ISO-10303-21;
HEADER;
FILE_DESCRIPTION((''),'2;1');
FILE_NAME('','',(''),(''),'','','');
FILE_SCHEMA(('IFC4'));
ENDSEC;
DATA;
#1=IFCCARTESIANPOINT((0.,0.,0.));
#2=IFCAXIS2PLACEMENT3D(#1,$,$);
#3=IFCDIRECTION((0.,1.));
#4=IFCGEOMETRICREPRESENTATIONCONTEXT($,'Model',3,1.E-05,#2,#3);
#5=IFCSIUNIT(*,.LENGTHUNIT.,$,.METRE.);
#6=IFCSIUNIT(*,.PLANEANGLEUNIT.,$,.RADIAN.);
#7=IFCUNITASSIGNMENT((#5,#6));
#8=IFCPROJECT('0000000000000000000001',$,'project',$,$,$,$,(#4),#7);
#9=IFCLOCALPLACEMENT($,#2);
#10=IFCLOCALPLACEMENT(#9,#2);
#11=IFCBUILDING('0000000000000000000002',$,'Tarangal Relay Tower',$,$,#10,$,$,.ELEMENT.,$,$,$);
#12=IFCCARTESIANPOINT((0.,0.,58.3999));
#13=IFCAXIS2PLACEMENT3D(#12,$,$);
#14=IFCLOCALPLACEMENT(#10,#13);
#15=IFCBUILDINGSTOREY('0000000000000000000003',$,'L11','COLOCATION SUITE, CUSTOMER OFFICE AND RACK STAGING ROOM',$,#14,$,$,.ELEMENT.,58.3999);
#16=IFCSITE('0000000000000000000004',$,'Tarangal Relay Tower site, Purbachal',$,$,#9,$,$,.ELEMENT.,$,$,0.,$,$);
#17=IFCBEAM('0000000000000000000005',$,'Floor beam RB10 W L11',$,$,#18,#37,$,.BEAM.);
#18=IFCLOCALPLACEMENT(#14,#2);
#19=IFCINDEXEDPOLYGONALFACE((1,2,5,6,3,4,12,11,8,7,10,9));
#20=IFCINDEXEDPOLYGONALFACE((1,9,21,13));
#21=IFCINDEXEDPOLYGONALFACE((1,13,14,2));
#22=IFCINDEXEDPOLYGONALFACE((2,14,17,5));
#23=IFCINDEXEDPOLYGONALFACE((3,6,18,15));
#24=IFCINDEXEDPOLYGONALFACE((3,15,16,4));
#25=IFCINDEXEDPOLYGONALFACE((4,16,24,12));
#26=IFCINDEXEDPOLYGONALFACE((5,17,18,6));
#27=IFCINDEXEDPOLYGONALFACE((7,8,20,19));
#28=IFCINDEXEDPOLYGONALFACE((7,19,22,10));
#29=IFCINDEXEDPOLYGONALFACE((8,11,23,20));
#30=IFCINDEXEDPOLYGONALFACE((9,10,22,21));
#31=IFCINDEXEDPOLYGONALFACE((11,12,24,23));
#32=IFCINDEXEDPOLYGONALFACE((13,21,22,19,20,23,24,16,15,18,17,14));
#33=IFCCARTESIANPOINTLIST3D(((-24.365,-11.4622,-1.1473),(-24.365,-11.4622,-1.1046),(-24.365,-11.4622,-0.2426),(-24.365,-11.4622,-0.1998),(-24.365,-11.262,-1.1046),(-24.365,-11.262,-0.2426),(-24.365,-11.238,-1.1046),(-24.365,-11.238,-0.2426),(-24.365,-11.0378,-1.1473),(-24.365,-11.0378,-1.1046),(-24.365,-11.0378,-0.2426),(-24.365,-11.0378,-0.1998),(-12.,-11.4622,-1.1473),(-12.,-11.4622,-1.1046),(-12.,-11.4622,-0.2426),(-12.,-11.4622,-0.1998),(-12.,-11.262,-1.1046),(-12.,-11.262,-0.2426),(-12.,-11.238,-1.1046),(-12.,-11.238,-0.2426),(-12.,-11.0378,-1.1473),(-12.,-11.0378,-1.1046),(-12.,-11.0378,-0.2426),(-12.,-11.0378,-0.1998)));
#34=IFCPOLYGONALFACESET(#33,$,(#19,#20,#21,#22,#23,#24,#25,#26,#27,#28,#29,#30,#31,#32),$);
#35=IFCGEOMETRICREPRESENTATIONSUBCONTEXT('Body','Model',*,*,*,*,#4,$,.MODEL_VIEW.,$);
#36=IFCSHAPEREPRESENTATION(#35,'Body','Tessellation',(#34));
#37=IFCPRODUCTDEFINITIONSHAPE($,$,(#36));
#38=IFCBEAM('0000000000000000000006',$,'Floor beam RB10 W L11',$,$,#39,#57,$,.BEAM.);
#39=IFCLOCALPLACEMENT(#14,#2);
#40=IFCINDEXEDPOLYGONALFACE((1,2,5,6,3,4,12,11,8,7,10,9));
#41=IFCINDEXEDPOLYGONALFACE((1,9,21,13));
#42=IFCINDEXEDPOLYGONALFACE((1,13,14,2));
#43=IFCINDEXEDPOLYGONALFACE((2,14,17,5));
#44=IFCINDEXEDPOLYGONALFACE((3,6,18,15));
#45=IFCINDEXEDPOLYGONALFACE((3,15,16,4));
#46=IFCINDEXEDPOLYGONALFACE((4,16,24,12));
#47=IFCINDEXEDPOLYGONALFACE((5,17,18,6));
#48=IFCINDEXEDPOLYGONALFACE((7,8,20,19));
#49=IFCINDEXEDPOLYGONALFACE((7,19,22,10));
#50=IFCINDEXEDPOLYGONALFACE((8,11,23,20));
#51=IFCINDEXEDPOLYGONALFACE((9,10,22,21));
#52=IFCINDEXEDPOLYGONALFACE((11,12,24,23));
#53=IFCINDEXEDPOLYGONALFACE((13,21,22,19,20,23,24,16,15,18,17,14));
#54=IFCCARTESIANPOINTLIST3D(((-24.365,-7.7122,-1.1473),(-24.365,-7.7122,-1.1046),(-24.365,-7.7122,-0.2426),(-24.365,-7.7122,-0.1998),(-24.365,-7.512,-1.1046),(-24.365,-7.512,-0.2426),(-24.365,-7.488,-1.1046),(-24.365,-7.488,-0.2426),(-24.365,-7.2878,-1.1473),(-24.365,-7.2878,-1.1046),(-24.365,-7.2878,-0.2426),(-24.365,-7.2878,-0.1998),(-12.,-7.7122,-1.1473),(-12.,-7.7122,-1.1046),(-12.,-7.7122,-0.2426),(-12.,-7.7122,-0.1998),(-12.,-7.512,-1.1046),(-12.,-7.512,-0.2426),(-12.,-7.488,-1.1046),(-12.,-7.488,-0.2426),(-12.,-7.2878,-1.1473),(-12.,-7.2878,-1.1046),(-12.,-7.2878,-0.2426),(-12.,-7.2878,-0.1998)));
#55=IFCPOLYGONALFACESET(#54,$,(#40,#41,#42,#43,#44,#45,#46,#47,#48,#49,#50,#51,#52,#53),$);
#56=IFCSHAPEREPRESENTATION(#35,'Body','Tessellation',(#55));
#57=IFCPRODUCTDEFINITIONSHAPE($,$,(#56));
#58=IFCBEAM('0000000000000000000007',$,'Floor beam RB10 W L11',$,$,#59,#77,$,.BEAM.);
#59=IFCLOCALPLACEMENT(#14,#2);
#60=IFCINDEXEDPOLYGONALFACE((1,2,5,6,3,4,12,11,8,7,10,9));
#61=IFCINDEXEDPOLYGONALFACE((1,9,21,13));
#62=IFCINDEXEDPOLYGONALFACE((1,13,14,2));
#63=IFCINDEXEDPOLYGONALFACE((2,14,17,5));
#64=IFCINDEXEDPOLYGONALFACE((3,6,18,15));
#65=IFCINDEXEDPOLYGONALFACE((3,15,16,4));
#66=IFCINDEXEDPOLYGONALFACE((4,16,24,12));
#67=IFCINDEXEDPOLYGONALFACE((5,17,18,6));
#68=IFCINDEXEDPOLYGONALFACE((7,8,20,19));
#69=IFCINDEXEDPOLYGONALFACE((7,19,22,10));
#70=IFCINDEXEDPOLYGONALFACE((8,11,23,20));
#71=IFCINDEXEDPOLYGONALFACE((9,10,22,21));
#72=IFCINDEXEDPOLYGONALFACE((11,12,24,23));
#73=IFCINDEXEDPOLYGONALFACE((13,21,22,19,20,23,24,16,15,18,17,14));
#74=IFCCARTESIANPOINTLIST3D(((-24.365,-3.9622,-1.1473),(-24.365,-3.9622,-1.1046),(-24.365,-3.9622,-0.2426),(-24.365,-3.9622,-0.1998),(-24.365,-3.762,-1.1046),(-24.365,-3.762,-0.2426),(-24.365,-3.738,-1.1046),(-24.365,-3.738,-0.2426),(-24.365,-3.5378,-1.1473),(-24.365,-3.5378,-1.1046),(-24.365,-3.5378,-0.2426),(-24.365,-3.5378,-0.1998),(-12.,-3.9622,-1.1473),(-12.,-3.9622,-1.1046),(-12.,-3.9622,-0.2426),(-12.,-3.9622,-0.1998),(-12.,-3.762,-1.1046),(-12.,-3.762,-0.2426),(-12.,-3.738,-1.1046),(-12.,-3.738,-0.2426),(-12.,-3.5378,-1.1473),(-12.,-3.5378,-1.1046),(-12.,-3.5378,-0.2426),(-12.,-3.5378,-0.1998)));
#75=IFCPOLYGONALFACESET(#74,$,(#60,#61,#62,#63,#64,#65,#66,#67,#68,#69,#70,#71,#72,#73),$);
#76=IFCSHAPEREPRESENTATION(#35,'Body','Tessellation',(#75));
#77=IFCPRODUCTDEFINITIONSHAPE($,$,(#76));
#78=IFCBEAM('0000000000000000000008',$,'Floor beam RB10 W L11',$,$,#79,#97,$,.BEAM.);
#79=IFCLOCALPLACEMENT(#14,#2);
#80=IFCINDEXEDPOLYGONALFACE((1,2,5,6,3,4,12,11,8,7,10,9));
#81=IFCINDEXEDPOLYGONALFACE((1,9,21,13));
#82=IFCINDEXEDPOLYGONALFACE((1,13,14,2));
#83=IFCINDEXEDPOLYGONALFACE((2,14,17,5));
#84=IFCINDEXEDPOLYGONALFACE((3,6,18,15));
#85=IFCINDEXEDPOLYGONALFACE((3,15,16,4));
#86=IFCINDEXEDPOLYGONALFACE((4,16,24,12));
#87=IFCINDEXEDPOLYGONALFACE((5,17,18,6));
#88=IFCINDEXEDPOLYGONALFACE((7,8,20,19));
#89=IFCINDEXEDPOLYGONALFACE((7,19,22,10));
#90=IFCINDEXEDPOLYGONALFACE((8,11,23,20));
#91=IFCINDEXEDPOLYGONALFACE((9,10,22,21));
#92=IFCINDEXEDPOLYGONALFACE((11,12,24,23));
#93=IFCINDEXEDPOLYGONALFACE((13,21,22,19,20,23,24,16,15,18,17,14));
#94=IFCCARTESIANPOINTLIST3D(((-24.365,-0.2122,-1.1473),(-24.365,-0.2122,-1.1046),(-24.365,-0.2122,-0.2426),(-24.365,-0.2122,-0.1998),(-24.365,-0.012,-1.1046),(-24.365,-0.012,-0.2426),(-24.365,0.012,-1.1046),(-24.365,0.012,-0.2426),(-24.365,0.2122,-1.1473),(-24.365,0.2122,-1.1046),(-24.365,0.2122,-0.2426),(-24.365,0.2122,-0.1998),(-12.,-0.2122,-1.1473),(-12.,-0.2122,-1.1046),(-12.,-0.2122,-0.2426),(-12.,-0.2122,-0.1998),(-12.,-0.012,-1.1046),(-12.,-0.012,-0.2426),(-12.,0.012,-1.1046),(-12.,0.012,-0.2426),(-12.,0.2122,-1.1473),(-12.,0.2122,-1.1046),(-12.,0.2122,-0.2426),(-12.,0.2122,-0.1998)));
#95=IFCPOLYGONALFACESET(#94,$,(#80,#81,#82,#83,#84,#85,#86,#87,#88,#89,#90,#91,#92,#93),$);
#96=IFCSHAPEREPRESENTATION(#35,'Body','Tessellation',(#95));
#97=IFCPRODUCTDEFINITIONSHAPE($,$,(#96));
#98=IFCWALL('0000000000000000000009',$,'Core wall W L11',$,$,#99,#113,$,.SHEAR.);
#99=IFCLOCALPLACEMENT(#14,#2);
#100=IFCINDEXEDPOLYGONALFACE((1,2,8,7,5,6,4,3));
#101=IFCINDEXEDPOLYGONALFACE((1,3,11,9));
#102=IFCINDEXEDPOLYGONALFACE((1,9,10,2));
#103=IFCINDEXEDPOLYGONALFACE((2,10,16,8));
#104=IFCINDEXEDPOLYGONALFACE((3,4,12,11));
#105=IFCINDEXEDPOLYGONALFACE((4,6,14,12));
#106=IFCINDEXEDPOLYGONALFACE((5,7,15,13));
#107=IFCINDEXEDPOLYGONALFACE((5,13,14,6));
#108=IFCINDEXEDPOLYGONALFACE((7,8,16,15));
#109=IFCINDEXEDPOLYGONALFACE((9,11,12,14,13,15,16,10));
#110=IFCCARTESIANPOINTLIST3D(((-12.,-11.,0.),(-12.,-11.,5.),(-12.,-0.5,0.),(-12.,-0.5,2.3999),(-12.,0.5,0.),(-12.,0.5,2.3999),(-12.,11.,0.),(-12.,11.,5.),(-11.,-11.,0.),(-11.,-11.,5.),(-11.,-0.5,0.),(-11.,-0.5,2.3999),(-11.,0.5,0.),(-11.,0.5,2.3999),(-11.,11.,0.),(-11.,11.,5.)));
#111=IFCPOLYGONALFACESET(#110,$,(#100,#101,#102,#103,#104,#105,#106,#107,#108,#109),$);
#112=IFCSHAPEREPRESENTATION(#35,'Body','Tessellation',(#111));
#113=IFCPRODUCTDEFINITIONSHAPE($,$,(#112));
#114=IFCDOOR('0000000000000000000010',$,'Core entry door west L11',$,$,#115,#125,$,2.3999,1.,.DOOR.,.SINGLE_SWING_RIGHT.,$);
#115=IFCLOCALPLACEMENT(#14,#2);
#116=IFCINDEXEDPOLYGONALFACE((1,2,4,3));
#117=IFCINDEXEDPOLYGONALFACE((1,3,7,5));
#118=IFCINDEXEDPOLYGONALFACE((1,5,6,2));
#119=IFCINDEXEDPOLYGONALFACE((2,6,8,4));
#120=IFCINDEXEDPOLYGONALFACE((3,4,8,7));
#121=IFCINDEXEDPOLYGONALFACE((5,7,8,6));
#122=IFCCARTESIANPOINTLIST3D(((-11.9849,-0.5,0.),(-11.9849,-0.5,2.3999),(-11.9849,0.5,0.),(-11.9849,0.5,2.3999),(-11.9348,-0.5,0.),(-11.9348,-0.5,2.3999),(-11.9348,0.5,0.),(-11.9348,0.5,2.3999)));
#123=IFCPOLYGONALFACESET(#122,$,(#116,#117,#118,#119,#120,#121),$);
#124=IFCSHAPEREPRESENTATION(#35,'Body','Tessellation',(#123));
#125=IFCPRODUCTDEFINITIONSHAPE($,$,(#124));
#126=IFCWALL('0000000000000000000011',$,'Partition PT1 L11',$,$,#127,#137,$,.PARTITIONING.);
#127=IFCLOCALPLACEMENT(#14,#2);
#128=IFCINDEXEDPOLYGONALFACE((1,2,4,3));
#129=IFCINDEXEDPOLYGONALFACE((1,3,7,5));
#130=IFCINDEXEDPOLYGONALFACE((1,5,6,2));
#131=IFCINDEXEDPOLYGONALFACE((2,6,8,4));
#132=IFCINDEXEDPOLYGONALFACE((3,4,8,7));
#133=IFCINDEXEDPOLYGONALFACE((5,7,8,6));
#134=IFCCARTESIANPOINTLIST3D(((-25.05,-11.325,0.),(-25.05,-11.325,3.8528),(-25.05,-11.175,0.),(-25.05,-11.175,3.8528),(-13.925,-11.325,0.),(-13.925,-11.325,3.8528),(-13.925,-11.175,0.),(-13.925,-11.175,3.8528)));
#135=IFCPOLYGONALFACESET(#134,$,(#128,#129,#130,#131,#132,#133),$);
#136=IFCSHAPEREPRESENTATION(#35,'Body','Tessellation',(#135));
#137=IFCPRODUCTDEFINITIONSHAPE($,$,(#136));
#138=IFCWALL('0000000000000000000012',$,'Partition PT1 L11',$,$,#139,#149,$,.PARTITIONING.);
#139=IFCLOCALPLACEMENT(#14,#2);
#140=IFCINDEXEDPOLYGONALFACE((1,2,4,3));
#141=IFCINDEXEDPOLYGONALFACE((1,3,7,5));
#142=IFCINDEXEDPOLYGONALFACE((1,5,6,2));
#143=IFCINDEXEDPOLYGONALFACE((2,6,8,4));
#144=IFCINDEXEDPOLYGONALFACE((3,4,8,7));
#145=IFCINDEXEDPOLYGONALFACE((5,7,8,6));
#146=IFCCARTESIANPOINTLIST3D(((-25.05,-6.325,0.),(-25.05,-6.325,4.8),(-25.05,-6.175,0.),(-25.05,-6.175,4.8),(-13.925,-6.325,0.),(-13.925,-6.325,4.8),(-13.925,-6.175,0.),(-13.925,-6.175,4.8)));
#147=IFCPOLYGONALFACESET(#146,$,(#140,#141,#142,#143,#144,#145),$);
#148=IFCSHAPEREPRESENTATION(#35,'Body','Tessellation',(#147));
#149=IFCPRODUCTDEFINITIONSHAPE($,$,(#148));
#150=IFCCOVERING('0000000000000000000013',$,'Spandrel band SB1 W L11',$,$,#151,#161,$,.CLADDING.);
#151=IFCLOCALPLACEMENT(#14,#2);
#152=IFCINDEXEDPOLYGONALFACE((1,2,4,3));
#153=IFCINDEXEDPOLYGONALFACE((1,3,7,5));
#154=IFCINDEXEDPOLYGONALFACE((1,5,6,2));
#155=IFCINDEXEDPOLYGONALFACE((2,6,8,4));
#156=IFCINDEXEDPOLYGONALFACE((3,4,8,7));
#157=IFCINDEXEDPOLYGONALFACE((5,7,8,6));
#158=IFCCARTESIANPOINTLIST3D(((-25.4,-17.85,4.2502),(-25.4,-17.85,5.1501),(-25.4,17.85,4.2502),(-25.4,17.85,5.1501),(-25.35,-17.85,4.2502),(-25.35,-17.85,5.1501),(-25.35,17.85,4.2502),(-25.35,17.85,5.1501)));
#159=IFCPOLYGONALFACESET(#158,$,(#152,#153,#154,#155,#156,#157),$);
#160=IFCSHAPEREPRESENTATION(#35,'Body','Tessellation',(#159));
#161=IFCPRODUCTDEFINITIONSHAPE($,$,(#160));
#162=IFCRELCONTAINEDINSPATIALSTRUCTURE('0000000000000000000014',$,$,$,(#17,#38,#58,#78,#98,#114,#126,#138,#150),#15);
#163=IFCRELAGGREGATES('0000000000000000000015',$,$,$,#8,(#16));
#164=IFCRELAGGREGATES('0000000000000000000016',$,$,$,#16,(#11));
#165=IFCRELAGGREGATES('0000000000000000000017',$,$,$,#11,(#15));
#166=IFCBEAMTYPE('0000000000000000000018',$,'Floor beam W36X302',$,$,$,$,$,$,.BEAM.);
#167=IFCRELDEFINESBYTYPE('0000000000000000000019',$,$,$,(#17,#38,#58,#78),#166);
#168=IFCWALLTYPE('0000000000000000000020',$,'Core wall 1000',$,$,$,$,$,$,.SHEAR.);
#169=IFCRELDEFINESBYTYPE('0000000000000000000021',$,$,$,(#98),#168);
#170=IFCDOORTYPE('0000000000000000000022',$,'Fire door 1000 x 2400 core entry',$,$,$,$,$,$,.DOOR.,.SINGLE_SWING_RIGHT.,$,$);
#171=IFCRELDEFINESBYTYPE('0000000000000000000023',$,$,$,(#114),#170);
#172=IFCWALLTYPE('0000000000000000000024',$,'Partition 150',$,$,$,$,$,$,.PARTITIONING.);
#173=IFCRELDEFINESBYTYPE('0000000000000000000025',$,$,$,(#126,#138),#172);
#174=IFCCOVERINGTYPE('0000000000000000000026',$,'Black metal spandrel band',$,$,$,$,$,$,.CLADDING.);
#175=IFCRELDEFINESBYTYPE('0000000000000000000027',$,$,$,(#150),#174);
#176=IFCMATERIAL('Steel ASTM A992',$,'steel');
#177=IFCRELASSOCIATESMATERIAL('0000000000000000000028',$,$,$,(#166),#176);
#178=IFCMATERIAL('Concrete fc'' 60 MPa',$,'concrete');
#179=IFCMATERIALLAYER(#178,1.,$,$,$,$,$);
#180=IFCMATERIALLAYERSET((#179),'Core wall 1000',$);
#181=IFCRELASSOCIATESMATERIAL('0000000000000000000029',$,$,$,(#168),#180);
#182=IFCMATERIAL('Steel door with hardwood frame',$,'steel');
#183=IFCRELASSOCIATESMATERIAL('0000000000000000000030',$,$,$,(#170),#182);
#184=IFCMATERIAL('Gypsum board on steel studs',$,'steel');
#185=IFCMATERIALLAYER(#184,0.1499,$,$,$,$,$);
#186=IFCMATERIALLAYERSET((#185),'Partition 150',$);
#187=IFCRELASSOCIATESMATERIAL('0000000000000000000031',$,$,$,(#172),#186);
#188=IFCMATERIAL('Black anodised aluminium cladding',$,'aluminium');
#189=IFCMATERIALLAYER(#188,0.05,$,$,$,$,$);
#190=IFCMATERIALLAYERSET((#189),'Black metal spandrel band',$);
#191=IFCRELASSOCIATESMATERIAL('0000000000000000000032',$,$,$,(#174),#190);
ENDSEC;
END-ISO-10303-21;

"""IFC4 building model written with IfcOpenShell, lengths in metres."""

from ifc_helpers import new_model, si_unit, direction, frame, frame_2d, origin, origin_2d, place, context, subcontext, project, spatial, rectangle, i_section, extrude, material, layer, layer_set, material_profile, profile_set, type_object, element, fill, save


model = new_model("IFC4")

# Units and contexts
model_context = context("Model", 3, precision=1e-05, world=origin(), true_north=direction((0.0, 1.0)))
body_context = subcontext(model_context, "Body", "Model", "MODEL_VIEW")
ifc_project = project(units=[si_unit("LENGTHUNIT", "METRE"), si_unit("PLANEANGLEUNIT", "RADIAN")], contexts=[model_context])

# Site, building, storey
site_placement = place(None, origin())
site = spatial("IfcSite", under=ifc_project, at=site_placement, Name="Tarangal Relay Tower site, Purbachal", CompositionType="ELEMENT", RefElevation=0.0)
building_placement = place(site_placement, origin())
building = spatial("IfcBuilding", under=site, at=building_placement, Name="Tarangal Relay Tower", CompositionType="ELEMENT")
storey_placement = place(building_placement, frame((0.0, 0.0, 58.3999)))
storey = spatial("IfcBuildingStorey", under=building, at=storey_placement, Name="L11", Description="COLOCATION SUITE, CUSTOMER OFFICE AND RACK STAGING ROOM", CompositionType="ELEMENT", Elevation=58.3999)

# Beams
ifc_material_1 = material(Name="Steel ASTM A992", Category="steel")
ifc_material_profile_1 = material_profile(ifc_material_1, i_section(OverallWidth=0.4243, OverallDepth=0.9475, WebThickness=0.0239, FlangeThickness=0.0427, at=origin_2d()), Name="W36X302")
ifc_profile_set_1 = profile_set([ifc_material_profile_1], Name="Steel ASTM A992")
beam_type_1 = type_object("IfcBeamType", Name="Floor beam W36X302", PredefinedType="BEAM", material=ifc_profile_set_1)
for number, where, z_axis, x_axis, name in (
    (1, (-12.0, -11.25, -0.6736), (-1.0, 0.0, 0.0), (0.0, -1.0, 0.0), "Floor beam RB10 W L11"),
    (2, (-12.0, -7.5, -0.6736), (-1.0, 0.0, 0.0), (0.0, -1.0, 0.0), "Floor beam RB10 W L11"),
    (3, (-12.0, -3.75, -0.6736), (-1.0, 0.0, 0.0), (0.0, -1.0, 0.0), "Floor beam RB10 W L11"),
    (4, (-12.0, 0.0, -0.6736), (-1.0, 0.0, 0.0), (0.0, -1.0, 0.0), "Floor beam RB10 W L11"),
):
    element("IfcBeam", number, at=place(storey_placement, frame(where, z_axis=z_axis, x_axis=x_axis)), inside=storey, type_object=beam_type_1, Name=name, PredefinedType="BEAM", context=body_context, shape_type="SweptSolid", body=[
        extrude(i_section(OverallWidth=0.4243, OverallDepth=0.9475, WebThickness=0.0239, FlangeThickness=0.0427, at=origin_2d()), origin(), (0.0, 0.0, 1.0), 12.365),
    ])

# Wall, opening, door
ifc_material_2 = material(Name="Concrete fc' 60 MPa", Category="concrete")
ifc_layer_1 = layer(ifc_material_2, 1.0)
ifc_layer_set_1 = layer_set([ifc_layer_1], Name="Core wall 1000")
wall_type_1 = type_object("IfcWallType", Name="Core wall 1000", PredefinedType="SHEAR", material=ifc_layer_set_1)
wall_1_placement = place(storey_placement, frame((-11.5, -11.0, 0.0), z_axis=(0.0, 0.0, 1.0), x_axis=(0.0, 1.0, 0.0)))
wall_1 = element("IfcWall", 5, at=wall_1_placement, inside=storey, type_object=wall_type_1, Name="Core wall W L11", PredefinedType="SHEAR", context=body_context, shape_type="SweptSolid", body=[
    extrude(rectangle(XDim=22.0, YDim=1.0, at=frame_2d((11.0, 0.0))), origin(), (0.0, 0.0, 1.0), 5.0),
])
opening_placement = place(wall_1_placement, frame((10.5, 0.0, 0.0)))
opening = element("IfcOpeningElement", 6, at=opening_placement, cuts=wall_1, PredefinedType="OPENING", context=body_context, shape_type="SweptSolid", body=[
    extrude(rectangle(XDim=1.0, YDim=2.3999, at=frame_2d((0.5, 1.2))), frame((0.0, 0.51, 0.0), z_axis=(0.0, -1.0, 0.0), x_axis=(1.0, 0.0, 0.0)), (0.0, 0.0, 1.0), 1.02),
])
ifc_material_3 = material(Name="Steel door with hardwood frame", Category="steel")
door_type = type_object("IfcDoorType", Name="Fire door 1000 x 2400 core entry", OperationType="SINGLE_SWING_RIGHT", PredefinedType="DOOR", material=ifc_material_3)
door_placement = place(opening_placement, origin())
door = element("IfcDoor", 7, at=door_placement, inside=storey, type_object=door_type, Name="Core entry door west L11", OperationType="SINGLE_SWING_RIGHT", OverallHeight=2.3999, OverallWidth=1.0, PredefinedType="DOOR", context=body_context, shape_type="SweptSolid", body=[
    extrude(rectangle(XDim=1.0, YDim=2.3999, at=frame_2d((0.5, 1.2))), frame((0.0, 0.4849, 0.0), z_axis=(0.0, -1.0, 0.0), x_axis=(1.0, 0.0, 0.0)), (0.0, 0.0, 1.0), 0.05),
])
fill(opening, door)

# Walls
ifc_material_4 = material(Name="Gypsum board on steel studs", Category="steel")
ifc_layer_2 = layer(ifc_material_4, 0.1499)
ifc_layer_set_2 = layer_set([ifc_layer_2], Name="Partition 150")
wall_type_2 = type_object("IfcWallType", Name="Partition 150", PredefinedType="PARTITIONING", material=ifc_layer_set_2)
wall_2_placement = place(storey_placement, frame((-25.05, -11.25, 0.0), z_axis=(0.0, 0.0, 1.0), x_axis=(1.0, 0.0, 0.0)))
element("IfcWall", 8, at=wall_2_placement, inside=storey, type_object=wall_type_2, Name="Partition PT1 L11", PredefinedType="PARTITIONING", context=body_context, shape_type="SweptSolid", body=[
    extrude(rectangle(XDim=11.125, YDim=0.1499, at=frame_2d((5.5625, 0.0))), origin(), (0.0, 0.0, 1.0), 3.8528),
])
wall_3_placement = place(storey_placement, frame((-25.05, -6.25, 0.0), z_axis=(0.0, 0.0, 1.0), x_axis=(1.0, 0.0, 0.0)))
element("IfcWall", 9, at=wall_3_placement, inside=storey, type_object=wall_type_2, Name="Partition PT1 L11", PredefinedType="PARTITIONING", context=body_context, shape_type="SweptSolid", body=[
    extrude(rectangle(XDim=11.125, YDim=0.1499, at=frame_2d((5.5625, 0.0))), origin(), (0.0, 0.0, 1.0), 4.8),
])

# Covering
ifc_material_5 = material(Name="Black anodised aluminium cladding", Category="aluminium")
ifc_layer_3 = layer(ifc_material_5, 0.05)
ifc_layer_set_3 = layer_set([ifc_layer_3], Name="Black metal spandrel band")
covering_type = type_object("IfcCoveringType", Name="Black metal spandrel band", PredefinedType="CLADDING", material=ifc_layer_set_3)
covering_placement = place(storey_placement, frame((-25.375, 0.0, 4.2502), z_axis=(0.0, 0.0, 1.0), x_axis=(0.0, 1.0, 0.0)))
element("IfcCovering", 10, at=covering_placement, inside=storey, type_object=covering_type, Name="Spandrel band SB1 W L11", PredefinedType="CLADDING", context=body_context, shape_type="SweptSolid", body=[
    extrude(rectangle(XDim=35.7, YDim=0.05, at=origin_2d()), origin(), (0.0, 0.0, 1.0), 0.8999),
])

save(model, "model.ifc")
